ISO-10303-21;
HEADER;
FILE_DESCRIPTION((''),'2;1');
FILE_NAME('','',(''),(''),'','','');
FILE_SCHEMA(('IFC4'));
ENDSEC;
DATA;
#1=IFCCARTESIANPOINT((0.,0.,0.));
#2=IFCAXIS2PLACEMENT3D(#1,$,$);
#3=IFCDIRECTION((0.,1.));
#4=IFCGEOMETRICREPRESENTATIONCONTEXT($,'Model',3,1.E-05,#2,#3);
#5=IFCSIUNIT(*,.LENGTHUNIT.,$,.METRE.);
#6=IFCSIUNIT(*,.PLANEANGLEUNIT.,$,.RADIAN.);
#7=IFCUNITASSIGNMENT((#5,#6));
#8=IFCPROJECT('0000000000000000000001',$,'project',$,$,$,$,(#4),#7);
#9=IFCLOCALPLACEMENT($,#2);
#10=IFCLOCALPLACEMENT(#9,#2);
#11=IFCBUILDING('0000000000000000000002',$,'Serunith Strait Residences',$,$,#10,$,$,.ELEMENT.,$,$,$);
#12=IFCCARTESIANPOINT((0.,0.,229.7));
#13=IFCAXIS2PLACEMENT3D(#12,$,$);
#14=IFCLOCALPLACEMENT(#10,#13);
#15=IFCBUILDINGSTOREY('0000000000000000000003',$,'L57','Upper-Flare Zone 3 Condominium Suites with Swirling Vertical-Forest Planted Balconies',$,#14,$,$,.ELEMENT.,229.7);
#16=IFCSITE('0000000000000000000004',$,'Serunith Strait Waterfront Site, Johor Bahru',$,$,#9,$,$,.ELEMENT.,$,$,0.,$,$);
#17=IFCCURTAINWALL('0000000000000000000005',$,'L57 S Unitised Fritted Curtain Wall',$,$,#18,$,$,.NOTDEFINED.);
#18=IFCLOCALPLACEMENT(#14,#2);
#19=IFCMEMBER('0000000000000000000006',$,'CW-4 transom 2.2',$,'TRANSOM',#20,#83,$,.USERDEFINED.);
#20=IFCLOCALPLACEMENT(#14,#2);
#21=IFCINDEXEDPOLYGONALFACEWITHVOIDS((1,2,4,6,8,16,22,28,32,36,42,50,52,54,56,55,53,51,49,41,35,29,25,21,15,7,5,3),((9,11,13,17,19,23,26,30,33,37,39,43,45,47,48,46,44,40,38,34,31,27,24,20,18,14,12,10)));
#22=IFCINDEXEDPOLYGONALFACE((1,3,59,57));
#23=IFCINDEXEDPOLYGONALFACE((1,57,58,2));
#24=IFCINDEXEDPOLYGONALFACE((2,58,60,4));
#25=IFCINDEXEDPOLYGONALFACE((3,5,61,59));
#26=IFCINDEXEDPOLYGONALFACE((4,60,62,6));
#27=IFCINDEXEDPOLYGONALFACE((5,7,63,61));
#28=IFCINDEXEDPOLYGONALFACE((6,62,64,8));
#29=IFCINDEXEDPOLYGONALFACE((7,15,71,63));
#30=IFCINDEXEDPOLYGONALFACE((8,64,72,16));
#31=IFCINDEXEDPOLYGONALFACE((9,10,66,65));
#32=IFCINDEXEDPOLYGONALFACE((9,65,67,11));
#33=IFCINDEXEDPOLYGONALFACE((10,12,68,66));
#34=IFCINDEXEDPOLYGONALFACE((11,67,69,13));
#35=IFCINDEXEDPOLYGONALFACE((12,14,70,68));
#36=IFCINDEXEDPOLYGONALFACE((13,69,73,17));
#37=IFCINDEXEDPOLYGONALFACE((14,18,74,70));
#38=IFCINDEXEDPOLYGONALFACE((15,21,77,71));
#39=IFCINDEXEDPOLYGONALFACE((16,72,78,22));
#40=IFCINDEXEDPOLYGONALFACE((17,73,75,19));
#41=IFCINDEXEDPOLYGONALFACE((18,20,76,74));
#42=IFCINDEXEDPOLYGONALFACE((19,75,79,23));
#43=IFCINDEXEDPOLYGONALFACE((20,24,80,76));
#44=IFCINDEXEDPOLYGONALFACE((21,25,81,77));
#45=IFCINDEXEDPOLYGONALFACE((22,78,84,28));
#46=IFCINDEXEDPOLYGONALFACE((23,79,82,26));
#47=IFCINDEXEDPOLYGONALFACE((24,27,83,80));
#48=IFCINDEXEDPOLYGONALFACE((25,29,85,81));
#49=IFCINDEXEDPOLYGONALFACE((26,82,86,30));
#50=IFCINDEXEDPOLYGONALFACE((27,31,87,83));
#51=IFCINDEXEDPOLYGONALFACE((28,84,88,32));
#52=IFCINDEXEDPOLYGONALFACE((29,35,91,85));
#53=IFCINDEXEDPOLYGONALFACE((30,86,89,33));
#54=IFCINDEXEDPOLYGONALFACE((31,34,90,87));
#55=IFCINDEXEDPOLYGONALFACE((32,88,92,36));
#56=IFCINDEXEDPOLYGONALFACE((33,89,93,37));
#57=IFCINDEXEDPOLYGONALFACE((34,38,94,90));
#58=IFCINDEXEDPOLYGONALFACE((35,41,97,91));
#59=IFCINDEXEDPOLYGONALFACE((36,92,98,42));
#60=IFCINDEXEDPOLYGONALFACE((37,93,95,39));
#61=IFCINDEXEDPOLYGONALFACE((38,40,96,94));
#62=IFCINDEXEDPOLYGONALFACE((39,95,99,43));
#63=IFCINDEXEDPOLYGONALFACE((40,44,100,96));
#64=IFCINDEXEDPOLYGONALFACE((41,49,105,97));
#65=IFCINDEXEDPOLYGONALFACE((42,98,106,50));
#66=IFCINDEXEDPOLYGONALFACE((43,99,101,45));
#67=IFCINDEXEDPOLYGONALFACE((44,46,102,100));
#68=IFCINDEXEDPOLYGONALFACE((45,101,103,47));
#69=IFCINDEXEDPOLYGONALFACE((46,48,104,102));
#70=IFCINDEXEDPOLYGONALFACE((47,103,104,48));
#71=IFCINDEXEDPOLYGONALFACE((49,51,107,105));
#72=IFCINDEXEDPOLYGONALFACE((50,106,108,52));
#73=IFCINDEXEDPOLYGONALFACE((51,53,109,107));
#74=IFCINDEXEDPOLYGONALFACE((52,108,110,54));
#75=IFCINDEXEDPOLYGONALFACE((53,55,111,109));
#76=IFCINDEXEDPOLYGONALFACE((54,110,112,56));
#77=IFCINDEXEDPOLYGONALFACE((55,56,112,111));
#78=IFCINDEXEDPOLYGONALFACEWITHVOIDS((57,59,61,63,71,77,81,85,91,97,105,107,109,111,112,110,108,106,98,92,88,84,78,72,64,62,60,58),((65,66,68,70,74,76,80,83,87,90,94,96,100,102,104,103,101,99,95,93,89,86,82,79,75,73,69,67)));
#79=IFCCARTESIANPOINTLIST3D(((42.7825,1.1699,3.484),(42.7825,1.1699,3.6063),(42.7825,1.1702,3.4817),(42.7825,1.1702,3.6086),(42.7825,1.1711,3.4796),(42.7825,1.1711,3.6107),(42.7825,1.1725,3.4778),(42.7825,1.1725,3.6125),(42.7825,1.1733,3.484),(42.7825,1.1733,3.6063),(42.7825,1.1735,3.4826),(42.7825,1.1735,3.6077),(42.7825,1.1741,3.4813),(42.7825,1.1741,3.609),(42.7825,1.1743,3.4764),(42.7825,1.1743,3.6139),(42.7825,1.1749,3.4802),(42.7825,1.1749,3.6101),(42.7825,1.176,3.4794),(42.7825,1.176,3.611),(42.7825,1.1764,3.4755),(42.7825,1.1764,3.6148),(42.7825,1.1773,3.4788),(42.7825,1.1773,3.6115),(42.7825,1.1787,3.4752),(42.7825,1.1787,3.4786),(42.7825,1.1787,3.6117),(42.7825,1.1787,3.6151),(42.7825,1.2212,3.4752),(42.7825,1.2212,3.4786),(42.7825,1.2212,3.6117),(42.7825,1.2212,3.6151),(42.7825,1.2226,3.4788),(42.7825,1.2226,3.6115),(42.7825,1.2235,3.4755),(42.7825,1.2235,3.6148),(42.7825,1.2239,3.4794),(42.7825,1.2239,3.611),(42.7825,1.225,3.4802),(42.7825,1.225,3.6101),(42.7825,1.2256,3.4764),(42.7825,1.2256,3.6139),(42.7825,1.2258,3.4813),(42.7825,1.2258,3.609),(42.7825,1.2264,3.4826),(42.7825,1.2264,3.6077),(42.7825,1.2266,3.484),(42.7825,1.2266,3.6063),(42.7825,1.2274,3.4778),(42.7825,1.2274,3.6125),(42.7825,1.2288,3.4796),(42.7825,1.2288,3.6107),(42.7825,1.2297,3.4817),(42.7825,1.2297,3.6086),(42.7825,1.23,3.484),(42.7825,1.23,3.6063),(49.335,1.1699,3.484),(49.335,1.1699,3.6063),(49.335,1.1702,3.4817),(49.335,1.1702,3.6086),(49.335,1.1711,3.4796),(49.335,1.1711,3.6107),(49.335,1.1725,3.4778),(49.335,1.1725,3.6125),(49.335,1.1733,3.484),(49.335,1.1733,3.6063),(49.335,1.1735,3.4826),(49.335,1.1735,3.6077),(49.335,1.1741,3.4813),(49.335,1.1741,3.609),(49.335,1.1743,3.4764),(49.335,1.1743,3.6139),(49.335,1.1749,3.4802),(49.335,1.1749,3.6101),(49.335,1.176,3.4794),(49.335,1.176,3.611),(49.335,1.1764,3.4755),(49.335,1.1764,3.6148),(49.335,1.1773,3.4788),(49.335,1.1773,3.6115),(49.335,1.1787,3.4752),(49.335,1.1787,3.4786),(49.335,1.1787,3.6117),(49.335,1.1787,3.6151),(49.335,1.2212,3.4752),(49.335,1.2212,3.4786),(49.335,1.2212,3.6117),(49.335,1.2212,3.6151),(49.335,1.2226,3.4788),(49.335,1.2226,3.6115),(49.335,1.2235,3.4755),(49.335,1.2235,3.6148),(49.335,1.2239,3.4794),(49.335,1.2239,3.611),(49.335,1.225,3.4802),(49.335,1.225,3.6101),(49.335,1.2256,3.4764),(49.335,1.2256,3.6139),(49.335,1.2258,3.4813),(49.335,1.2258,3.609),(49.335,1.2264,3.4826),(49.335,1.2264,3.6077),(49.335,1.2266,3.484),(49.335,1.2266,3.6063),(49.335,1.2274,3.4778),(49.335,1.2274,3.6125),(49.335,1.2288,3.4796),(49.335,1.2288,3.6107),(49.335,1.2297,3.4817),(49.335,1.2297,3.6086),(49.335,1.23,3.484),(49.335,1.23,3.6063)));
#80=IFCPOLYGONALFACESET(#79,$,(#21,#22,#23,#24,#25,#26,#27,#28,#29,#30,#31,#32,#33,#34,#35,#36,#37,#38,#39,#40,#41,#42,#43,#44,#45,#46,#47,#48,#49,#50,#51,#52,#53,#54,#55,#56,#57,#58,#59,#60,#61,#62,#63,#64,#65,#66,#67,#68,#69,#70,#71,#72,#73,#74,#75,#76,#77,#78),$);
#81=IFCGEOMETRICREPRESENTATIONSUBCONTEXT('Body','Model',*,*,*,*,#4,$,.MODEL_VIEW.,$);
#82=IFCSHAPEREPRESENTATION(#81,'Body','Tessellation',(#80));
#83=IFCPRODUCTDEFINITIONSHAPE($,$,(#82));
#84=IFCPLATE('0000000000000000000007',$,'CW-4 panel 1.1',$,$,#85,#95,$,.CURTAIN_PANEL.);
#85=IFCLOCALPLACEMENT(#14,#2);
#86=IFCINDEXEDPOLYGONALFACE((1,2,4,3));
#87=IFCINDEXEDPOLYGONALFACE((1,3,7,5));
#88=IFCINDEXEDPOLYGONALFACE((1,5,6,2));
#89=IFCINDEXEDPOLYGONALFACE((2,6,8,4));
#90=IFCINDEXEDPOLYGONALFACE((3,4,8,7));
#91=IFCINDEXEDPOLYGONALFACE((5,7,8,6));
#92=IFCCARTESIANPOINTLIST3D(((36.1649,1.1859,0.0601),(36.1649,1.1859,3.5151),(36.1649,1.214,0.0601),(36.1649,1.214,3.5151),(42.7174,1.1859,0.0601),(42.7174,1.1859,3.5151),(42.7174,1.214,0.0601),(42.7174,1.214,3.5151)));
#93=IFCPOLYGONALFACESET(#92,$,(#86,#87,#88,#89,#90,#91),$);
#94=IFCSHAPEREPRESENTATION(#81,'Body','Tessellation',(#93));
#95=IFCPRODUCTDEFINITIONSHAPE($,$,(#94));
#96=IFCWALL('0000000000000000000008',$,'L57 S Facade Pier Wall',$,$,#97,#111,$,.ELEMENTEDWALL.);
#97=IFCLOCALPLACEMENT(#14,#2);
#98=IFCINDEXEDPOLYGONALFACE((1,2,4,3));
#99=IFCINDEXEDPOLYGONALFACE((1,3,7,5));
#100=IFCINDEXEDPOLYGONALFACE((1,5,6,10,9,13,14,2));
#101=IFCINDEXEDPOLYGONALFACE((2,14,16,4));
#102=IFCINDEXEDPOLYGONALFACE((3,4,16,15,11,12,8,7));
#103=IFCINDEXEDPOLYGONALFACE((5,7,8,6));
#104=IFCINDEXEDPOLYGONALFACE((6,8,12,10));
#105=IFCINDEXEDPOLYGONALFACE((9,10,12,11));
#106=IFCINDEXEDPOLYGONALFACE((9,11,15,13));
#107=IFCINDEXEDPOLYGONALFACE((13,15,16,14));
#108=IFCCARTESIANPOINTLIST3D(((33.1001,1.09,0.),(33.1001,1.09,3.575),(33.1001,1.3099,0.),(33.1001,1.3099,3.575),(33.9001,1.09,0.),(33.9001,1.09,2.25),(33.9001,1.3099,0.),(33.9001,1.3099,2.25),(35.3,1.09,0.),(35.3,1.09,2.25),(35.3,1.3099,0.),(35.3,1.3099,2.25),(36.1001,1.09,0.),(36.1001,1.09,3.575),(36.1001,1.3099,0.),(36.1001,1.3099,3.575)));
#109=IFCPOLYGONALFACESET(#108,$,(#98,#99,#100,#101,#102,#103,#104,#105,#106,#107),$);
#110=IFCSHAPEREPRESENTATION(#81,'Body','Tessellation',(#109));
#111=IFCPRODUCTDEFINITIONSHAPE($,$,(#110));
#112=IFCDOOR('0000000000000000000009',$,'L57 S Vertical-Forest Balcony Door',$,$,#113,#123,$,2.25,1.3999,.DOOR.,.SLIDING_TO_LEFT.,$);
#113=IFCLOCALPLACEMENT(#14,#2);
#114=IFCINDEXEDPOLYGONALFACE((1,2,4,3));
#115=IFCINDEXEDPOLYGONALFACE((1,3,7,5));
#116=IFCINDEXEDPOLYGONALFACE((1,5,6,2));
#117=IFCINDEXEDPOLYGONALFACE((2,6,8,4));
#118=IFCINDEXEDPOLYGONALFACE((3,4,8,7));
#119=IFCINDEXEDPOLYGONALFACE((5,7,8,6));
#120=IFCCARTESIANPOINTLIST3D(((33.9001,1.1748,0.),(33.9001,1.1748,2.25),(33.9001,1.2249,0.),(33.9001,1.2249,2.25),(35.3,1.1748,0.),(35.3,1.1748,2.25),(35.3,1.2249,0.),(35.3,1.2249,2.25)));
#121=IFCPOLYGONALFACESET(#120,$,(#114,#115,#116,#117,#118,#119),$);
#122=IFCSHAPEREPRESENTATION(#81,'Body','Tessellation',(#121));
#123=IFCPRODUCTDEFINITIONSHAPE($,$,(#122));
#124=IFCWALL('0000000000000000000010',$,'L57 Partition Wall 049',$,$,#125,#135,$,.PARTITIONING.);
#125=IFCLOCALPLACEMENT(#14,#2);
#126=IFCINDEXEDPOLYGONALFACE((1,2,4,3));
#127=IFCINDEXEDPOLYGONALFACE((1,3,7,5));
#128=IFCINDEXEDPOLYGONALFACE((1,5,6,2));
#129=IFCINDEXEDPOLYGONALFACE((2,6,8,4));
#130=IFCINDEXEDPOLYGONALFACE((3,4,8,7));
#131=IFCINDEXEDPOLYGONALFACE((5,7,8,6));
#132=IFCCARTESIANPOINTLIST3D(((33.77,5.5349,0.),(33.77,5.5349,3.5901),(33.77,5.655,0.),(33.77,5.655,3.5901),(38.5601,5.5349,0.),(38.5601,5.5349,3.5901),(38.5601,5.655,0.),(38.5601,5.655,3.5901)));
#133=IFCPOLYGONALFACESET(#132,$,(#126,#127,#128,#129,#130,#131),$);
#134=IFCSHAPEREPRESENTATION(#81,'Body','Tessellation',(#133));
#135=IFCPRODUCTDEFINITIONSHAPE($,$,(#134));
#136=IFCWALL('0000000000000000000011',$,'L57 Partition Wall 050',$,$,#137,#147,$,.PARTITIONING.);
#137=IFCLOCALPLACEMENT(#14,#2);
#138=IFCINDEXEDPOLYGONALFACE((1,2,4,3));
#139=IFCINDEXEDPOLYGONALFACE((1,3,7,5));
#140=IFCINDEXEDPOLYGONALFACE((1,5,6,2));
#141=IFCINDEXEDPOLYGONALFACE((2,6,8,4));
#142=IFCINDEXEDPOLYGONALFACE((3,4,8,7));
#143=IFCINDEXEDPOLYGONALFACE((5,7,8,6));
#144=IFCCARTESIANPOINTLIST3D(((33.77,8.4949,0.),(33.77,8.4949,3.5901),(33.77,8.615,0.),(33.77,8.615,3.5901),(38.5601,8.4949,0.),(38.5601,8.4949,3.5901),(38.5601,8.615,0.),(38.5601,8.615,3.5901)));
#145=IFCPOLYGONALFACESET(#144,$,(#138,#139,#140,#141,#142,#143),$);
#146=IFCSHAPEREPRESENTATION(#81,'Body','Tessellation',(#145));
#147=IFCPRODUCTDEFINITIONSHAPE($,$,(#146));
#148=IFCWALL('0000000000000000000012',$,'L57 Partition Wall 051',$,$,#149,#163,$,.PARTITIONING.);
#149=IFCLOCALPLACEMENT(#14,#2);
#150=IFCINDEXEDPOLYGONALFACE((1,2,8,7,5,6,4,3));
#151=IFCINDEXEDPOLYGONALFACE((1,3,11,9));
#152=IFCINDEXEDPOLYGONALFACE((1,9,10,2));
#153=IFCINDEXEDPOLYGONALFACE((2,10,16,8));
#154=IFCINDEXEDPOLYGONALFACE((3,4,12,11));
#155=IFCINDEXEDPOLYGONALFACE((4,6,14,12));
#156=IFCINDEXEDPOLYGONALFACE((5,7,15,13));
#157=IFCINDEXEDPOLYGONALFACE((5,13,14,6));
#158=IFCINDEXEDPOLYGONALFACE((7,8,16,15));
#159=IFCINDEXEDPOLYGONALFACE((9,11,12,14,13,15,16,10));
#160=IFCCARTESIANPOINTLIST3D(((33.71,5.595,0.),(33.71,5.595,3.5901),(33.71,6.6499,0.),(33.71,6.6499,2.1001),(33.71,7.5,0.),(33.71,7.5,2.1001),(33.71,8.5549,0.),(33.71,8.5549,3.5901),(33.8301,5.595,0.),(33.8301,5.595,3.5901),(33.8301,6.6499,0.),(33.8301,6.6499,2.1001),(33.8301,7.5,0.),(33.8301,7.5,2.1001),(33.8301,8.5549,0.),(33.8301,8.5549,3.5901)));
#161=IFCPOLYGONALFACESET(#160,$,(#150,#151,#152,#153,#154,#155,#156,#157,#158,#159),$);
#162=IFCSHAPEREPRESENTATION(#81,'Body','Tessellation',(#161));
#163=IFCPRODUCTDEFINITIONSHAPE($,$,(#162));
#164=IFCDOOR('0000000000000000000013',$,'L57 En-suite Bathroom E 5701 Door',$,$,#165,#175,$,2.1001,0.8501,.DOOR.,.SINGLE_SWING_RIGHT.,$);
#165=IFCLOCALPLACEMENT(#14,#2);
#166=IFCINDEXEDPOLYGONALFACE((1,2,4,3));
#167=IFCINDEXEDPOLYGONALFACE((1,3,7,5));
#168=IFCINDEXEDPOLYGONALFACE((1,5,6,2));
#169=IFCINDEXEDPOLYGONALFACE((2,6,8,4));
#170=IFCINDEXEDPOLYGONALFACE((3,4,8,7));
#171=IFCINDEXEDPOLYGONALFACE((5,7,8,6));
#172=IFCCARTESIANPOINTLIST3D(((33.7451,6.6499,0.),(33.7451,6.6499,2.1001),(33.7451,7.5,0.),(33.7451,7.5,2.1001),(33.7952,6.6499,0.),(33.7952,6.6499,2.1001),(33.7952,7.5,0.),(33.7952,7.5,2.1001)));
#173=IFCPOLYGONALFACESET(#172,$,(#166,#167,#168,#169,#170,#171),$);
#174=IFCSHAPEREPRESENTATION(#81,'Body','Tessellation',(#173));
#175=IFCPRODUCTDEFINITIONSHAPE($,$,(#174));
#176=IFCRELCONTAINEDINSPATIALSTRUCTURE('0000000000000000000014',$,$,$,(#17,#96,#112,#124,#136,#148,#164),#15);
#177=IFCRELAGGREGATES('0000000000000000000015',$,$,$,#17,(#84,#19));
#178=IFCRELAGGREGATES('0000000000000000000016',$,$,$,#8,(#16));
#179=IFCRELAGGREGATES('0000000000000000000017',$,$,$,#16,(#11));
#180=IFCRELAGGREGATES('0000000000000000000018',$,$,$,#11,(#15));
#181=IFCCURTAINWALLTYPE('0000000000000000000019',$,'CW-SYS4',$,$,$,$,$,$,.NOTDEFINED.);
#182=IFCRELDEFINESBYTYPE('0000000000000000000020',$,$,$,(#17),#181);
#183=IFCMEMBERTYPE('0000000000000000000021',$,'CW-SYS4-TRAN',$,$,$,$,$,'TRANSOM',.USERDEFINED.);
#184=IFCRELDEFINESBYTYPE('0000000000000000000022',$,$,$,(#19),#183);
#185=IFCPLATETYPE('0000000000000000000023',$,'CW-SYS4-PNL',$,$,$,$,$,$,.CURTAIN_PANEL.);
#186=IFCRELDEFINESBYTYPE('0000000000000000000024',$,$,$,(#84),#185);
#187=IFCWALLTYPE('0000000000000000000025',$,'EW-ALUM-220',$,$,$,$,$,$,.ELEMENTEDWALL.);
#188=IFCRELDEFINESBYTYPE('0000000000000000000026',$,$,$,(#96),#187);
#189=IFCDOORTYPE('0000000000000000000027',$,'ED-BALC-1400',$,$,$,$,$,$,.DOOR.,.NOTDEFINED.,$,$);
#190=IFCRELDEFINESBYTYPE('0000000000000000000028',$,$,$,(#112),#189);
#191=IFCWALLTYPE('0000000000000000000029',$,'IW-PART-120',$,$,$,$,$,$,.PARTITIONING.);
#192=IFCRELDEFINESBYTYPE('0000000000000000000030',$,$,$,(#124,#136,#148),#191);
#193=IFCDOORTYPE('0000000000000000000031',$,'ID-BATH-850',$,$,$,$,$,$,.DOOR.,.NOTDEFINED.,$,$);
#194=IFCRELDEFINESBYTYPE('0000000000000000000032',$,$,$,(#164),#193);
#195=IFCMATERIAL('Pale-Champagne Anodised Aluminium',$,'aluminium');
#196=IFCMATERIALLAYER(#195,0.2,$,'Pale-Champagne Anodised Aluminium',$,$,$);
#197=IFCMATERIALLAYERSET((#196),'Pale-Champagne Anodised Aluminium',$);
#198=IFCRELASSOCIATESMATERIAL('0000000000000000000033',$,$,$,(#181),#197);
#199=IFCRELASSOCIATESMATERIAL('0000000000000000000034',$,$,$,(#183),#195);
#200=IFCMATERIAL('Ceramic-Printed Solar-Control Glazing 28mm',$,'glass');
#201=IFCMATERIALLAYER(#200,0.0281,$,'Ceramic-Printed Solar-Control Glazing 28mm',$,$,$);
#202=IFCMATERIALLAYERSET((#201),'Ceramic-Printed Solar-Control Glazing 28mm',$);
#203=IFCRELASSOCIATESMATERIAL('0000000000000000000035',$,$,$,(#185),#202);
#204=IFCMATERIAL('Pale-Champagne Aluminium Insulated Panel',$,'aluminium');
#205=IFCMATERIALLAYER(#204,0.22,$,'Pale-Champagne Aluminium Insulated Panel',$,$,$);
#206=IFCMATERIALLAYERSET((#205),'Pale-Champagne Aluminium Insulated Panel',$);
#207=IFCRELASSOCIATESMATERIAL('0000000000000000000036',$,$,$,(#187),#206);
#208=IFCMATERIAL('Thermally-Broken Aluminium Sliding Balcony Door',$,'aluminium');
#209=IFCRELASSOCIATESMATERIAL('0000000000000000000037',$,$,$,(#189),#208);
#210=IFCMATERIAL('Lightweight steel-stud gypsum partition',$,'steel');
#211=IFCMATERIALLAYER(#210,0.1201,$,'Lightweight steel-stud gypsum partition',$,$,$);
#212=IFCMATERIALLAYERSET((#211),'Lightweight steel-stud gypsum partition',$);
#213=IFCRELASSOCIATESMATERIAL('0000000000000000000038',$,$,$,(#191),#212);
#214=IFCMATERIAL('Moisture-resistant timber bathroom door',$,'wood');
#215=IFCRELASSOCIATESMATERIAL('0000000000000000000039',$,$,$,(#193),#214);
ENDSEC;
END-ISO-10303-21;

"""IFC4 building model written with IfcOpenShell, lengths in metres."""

from ifc_helpers import new_model, si_unit, direction, frame, frame_2d, origin, origin_2d, place, context, subcontext, project, spatial, rectangle, hollow_rectangle, extrude, source, transform, mapped, material, layer, layer_set, material_profile, profile_set, type_object, element, fill, aggregate, save


model = new_model("IFC4")

# Units and contexts
model_context = context("Model", 3, precision=1e-05, world=origin(), true_north=direction((0.0, 1.0)))
body_context = subcontext(model_context, "Body", "Model", "MODEL_VIEW")
ifc_project = project(units=[si_unit("LENGTHUNIT", "METRE"), si_unit("PLANEANGLEUNIT", "RADIAN")], contexts=[model_context])

# Site, building, storey
site_placement = place(None, origin())
site = spatial("IfcSite", under=ifc_project, at=site_placement, Name="Serunith Strait Waterfront Site, Johor Bahru", CompositionType="ELEMENT", RefElevation=0.0)
building_placement = place(site_placement, origin())
building = spatial("IfcBuilding", under=site, at=building_placement, Name="Serunith Strait Residences", CompositionType="ELEMENT")
storey_placement = place(building_placement, frame((0.0, 0.0, 229.7)))
storey = spatial("IfcBuildingStorey", under=building, at=storey_placement, Name="L57", Description="Upper-Flare Zone 3 Condominium Suites with Swirling Vertical-Forest Planted Balconies", CompositionType="ELEMENT", Elevation=229.7)

# Shared definitions
ifc_material_1 = material(Name="Pale-Champagne Anodised Aluminium", Category="aluminium")
ifc_layer_1 = layer(ifc_material_1, 0.2, Name="Pale-Champagne Anodised Aluminium")
ifc_layer_set_1 = layer_set([ifc_layer_1], Name="Pale-Champagne Anodised Aluminium")
curtain_wall_type = type_object("IfcCurtainWallType", Name="CW-SYS4", PredefinedType="NOTDEFINED", material=ifc_layer_set_1)

# Curtain wall, member, plate
curtain_wall_1_placement = place(storey_placement, origin())
curtain_wall_1 = element("IfcCurtainWall", 1, at=curtain_wall_1_placement, inside=storey, type_object=curtain_wall_type, Name="L57 S Unitised Fritted Curtain Wall", PredefinedType="NOTDEFINED")
ifc_material_profile_1 = material_profile(ifc_material_1, hollow_rectangle(XDim=0.0601, YDim=0.1399, WallThickness=0.0034, InnerFilletRadius=0.0054, OuterFilletRadius=0.0088, at=origin_2d()), Name="ALU 140x60x3.5")
ifc_profile_set_1 = profile_set([ifc_material_profile_1], Name="Pale-Champagne Anodised Aluminium")
member_type_1 = type_object("IfcMemberType", Name="CW-SYS4-TRAN", ElementType="TRANSOM", PredefinedType="USERDEFINED", material=ifc_profile_set_1)
shared_shape_1 = source(origin(), body_context, "Body", "SweptSolid", [
    extrude(hollow_rectangle(XDim=0.0601, YDim=0.1399, WallThickness=0.0034, InnerFilletRadius=0.0054, OuterFilletRadius=0.0088, at=origin_2d()), origin(), (0.0, 0.0, 1.0), 6.5525),
])
member_1_placement = place(storey_placement, frame((42.7825, 1.2, 3.5452), z_axis=(1.0, 0.0, 0.0), x_axis=(0.0, 1.0, 0.0)))
member_1 = element("IfcMember", 2, at=member_1_placement, type_object=member_type_1, Name="CW-4 transom 2.2", ObjectType="TRANSOM", PredefinedType="USERDEFINED", context=body_context, shape_type="MappedRepresentation", body=[
    mapped(shared_shape_1, transform((0.0, 0.0, 0.0), scale=1.0)),
])
ifc_material_2 = material(Name="Ceramic-Printed Solar-Control Glazing 28mm", Category="glass")
ifc_layer_2 = layer(ifc_material_2, 0.0281, Name="Ceramic-Printed Solar-Control Glazing 28mm")
ifc_layer_set_2 = layer_set([ifc_layer_2], Name="Ceramic-Printed Solar-Control Glazing 28mm")
plate_type = type_object("IfcPlateType", Name="CW-SYS4-PNL", PredefinedType="CURTAIN_PANEL", material=ifc_layer_set_2)
shared_shape_2 = source(origin(), body_context, "Body", "SweptSolid", [
    extrude(rectangle(XDim=6.5525, YDim=0.0281, at=origin_2d()), origin(), (0.0, 0.0, 1.0), 3.4551),
])
plate_placement = place(storey_placement, frame((39.4412, 1.2, 0.0601), z_axis=(0.0, 0.0, 1.0), x_axis=(1.0, 0.0, 0.0)))
plate = element("IfcPlate", 3, at=plate_placement, type_object=plate_type, Name="CW-4 panel 1.1", PredefinedType="CURTAIN_PANEL", context=body_context, shape_type="MappedRepresentation", body=[
    mapped(shared_shape_2, transform((0.0, 0.0, 0.0), scale=1.0)),
])
aggregate(curtain_wall_1, [plate, member_1])

# Wall, opening, door
ifc_material_3 = material(Name="Pale-Champagne Aluminium Insulated Panel", Category="aluminium")
ifc_layer_3 = layer(ifc_material_3, 0.22, Name="Pale-Champagne Aluminium Insulated Panel")
ifc_layer_set_3 = layer_set([ifc_layer_3], Name="Pale-Champagne Aluminium Insulated Panel")
wall_type_1 = type_object("IfcWallType", Name="EW-ALUM-220", PredefinedType="ELEMENTEDWALL", material=ifc_layer_set_3)
wall_1_placement = place(storey_placement, frame((33.1001, 1.2, 0.0), z_axis=(0.0, 0.0, 1.0), x_axis=(1.0, 0.0, 0.0)))
wall_1 = element("IfcWall", 4, at=wall_1_placement, inside=storey, type_object=wall_type_1, Name="L57 S Facade Pier Wall", PredefinedType="ELEMENTEDWALL", context=body_context, shape_type="SweptSolid", body=[
    extrude(rectangle(XDim=3.0, YDim=0.22, at=frame_2d((1.5, 0.0))), origin(), (0.0, 0.0, 1.0), 3.575),
])
opening_1_placement = place(wall_1_placement, frame((0.8, 0.0, 0.0)))
opening_1 = element("IfcOpeningElement", 5, at=opening_1_placement, cuts=wall_1, PredefinedType="OPENING", context=body_context, shape_type="SweptSolid", body=[
    extrude(rectangle(XDim=1.3999, YDim=2.25, at=frame_2d((0.7, 1.125))), frame((0.0, 0.1201, 0.0), z_axis=(0.0, -1.0, 0.0), x_axis=(1.0, 0.0, 0.0)), (0.0, 0.0, 1.0), 0.24),
])
ifc_material_4 = material(Name="Thermally-Broken Aluminium Sliding Balcony Door", Category="aluminium")
door_type_1 = type_object("IfcDoorType", Name="ED-BALC-1400", OperationType="NOTDEFINED", PredefinedType="DOOR", material=ifc_material_4)
shared_shape_3 = source(origin(), body_context, "Body", "SweptSolid", [
    extrude(rectangle(XDim=1.3999, YDim=2.25, at=frame_2d((0.7, 1.125))), frame((0.0, 0.0249, 0.0), z_axis=(0.0, -1.0, 0.0), x_axis=(1.0, 0.0, 0.0)), (0.0, 0.0, 1.0), 0.05),
])
door_1_placement = place(opening_1_placement, origin())
door_1 = element("IfcDoor", 6, at=door_1_placement, inside=storey, type_object=door_type_1, Name="L57 S Vertical-Forest Balcony Door", OperationType="SLIDING_TO_LEFT", OverallHeight=2.25, OverallWidth=1.3999, PredefinedType="DOOR", context=body_context, shape_type="MappedRepresentation", body=[
    mapped(shared_shape_3, transform((0.0, 0.0, 0.0), scale=1.0)),
])
fill(opening_1, door_1)

# Walls
ifc_material_5 = material(Name="Lightweight steel-stud gypsum partition", Category="steel")
ifc_layer_4 = layer(ifc_material_5, 0.1201, Name="Lightweight steel-stud gypsum partition")
ifc_layer_set_4 = layer_set([ifc_layer_4], Name="Lightweight steel-stud gypsum partition")
wall_type_2 = type_object("IfcWallType", Name="IW-PART-120", PredefinedType="PARTITIONING", material=ifc_layer_set_4)
for number, where, z_axis, x_axis, name in (
    (7, (33.77, 5.595, 0.0), (0.0, 0.0, 1.0), (1.0, 0.0, 0.0), "L57 Partition Wall 049"),
    (8, (33.77, 8.5549, 0.0), (0.0, 0.0, 1.0), (1.0, 0.0, 0.0), "L57 Partition Wall 050"),
):
    element("IfcWall", number, at=place(storey_placement, frame(where, z_axis=z_axis, x_axis=x_axis)), inside=storey, type_object=wall_type_2, Name=name, PredefinedType="PARTITIONING", context=body_context, shape_type="SweptSolid", body=[
        extrude(rectangle(XDim=4.79, YDim=0.1201, at=frame_2d((2.395, 0.0))), origin(), (0.0, 0.0, 1.0), 3.5901),
    ])

# Wall, opening, door
wall_2_placement = place(storey_placement, frame((33.77, 5.595, 0.0), z_axis=(0.0, 0.0, 1.0), x_axis=(0.0, 1.0, 0.0)))
wall_2 = element("IfcWall", 9, at=wall_2_placement, inside=storey, type_object=wall_type_2, Name="L57 Partition Wall 051", PredefinedType="PARTITIONING", context=body_context, shape_type="SweptSolid", body=[
    extrude(rectangle(XDim=2.96, YDim=0.1201, at=frame_2d((1.48, 0.0))), origin(), (0.0, 0.0, 1.0), 3.5901),
])
opening_2_placement = place(wall_2_placement, frame((1.0549, 0.0, 0.0)))
opening_2 = element("IfcOpeningElement", 10, at=opening_2_placement, cuts=wall_2, PredefinedType="OPENING", context=body_context, shape_type="SweptSolid", body=[
    extrude(rectangle(XDim=0.8501, YDim=2.1001, at=frame_2d((0.425, 1.05))), frame((0.0, 0.0701, 0.0), z_axis=(0.0, -1.0, 0.0), x_axis=(1.0, 0.0, 0.0)), (0.0, 0.0, 1.0), 0.1401),
])
ifc_material_6 = material(Name="Moisture-resistant timber bathroom door", Category="wood")
door_type_2 = type_object("IfcDoorType", Name="ID-BATH-850", OperationType="NOTDEFINED", PredefinedType="DOOR", material=ifc_material_6)
shared_shape_4 = source(origin(), body_context, "Body", "SweptSolid", [
    extrude(rectangle(XDim=0.8501, YDim=2.1001, at=frame_2d((0.425, 1.05))), frame((0.0, 0.0249, 0.0), z_axis=(0.0, -1.0, 0.0), x_axis=(1.0, 0.0, 0.0)), (0.0, 0.0, 1.0), 0.05),
])
door_2_placement = place(opening_2_placement, origin())
door_2 = element("IfcDoor", 11, at=door_2_placement, inside=storey, type_object=door_type_2, Name="L57 En-suite Bathroom E 5701 Door", OperationType="SINGLE_SWING_RIGHT", OverallHeight=2.1001, OverallWidth=0.8501, PredefinedType="DOOR", context=body_context, shape_type="MappedRepresentation", body=[
    mapped(shared_shape_4, transform((0.0, 0.0, 0.0), scale=1.0)),
])
fill(opening_2, door_2)

save(model, "model.ifc")
